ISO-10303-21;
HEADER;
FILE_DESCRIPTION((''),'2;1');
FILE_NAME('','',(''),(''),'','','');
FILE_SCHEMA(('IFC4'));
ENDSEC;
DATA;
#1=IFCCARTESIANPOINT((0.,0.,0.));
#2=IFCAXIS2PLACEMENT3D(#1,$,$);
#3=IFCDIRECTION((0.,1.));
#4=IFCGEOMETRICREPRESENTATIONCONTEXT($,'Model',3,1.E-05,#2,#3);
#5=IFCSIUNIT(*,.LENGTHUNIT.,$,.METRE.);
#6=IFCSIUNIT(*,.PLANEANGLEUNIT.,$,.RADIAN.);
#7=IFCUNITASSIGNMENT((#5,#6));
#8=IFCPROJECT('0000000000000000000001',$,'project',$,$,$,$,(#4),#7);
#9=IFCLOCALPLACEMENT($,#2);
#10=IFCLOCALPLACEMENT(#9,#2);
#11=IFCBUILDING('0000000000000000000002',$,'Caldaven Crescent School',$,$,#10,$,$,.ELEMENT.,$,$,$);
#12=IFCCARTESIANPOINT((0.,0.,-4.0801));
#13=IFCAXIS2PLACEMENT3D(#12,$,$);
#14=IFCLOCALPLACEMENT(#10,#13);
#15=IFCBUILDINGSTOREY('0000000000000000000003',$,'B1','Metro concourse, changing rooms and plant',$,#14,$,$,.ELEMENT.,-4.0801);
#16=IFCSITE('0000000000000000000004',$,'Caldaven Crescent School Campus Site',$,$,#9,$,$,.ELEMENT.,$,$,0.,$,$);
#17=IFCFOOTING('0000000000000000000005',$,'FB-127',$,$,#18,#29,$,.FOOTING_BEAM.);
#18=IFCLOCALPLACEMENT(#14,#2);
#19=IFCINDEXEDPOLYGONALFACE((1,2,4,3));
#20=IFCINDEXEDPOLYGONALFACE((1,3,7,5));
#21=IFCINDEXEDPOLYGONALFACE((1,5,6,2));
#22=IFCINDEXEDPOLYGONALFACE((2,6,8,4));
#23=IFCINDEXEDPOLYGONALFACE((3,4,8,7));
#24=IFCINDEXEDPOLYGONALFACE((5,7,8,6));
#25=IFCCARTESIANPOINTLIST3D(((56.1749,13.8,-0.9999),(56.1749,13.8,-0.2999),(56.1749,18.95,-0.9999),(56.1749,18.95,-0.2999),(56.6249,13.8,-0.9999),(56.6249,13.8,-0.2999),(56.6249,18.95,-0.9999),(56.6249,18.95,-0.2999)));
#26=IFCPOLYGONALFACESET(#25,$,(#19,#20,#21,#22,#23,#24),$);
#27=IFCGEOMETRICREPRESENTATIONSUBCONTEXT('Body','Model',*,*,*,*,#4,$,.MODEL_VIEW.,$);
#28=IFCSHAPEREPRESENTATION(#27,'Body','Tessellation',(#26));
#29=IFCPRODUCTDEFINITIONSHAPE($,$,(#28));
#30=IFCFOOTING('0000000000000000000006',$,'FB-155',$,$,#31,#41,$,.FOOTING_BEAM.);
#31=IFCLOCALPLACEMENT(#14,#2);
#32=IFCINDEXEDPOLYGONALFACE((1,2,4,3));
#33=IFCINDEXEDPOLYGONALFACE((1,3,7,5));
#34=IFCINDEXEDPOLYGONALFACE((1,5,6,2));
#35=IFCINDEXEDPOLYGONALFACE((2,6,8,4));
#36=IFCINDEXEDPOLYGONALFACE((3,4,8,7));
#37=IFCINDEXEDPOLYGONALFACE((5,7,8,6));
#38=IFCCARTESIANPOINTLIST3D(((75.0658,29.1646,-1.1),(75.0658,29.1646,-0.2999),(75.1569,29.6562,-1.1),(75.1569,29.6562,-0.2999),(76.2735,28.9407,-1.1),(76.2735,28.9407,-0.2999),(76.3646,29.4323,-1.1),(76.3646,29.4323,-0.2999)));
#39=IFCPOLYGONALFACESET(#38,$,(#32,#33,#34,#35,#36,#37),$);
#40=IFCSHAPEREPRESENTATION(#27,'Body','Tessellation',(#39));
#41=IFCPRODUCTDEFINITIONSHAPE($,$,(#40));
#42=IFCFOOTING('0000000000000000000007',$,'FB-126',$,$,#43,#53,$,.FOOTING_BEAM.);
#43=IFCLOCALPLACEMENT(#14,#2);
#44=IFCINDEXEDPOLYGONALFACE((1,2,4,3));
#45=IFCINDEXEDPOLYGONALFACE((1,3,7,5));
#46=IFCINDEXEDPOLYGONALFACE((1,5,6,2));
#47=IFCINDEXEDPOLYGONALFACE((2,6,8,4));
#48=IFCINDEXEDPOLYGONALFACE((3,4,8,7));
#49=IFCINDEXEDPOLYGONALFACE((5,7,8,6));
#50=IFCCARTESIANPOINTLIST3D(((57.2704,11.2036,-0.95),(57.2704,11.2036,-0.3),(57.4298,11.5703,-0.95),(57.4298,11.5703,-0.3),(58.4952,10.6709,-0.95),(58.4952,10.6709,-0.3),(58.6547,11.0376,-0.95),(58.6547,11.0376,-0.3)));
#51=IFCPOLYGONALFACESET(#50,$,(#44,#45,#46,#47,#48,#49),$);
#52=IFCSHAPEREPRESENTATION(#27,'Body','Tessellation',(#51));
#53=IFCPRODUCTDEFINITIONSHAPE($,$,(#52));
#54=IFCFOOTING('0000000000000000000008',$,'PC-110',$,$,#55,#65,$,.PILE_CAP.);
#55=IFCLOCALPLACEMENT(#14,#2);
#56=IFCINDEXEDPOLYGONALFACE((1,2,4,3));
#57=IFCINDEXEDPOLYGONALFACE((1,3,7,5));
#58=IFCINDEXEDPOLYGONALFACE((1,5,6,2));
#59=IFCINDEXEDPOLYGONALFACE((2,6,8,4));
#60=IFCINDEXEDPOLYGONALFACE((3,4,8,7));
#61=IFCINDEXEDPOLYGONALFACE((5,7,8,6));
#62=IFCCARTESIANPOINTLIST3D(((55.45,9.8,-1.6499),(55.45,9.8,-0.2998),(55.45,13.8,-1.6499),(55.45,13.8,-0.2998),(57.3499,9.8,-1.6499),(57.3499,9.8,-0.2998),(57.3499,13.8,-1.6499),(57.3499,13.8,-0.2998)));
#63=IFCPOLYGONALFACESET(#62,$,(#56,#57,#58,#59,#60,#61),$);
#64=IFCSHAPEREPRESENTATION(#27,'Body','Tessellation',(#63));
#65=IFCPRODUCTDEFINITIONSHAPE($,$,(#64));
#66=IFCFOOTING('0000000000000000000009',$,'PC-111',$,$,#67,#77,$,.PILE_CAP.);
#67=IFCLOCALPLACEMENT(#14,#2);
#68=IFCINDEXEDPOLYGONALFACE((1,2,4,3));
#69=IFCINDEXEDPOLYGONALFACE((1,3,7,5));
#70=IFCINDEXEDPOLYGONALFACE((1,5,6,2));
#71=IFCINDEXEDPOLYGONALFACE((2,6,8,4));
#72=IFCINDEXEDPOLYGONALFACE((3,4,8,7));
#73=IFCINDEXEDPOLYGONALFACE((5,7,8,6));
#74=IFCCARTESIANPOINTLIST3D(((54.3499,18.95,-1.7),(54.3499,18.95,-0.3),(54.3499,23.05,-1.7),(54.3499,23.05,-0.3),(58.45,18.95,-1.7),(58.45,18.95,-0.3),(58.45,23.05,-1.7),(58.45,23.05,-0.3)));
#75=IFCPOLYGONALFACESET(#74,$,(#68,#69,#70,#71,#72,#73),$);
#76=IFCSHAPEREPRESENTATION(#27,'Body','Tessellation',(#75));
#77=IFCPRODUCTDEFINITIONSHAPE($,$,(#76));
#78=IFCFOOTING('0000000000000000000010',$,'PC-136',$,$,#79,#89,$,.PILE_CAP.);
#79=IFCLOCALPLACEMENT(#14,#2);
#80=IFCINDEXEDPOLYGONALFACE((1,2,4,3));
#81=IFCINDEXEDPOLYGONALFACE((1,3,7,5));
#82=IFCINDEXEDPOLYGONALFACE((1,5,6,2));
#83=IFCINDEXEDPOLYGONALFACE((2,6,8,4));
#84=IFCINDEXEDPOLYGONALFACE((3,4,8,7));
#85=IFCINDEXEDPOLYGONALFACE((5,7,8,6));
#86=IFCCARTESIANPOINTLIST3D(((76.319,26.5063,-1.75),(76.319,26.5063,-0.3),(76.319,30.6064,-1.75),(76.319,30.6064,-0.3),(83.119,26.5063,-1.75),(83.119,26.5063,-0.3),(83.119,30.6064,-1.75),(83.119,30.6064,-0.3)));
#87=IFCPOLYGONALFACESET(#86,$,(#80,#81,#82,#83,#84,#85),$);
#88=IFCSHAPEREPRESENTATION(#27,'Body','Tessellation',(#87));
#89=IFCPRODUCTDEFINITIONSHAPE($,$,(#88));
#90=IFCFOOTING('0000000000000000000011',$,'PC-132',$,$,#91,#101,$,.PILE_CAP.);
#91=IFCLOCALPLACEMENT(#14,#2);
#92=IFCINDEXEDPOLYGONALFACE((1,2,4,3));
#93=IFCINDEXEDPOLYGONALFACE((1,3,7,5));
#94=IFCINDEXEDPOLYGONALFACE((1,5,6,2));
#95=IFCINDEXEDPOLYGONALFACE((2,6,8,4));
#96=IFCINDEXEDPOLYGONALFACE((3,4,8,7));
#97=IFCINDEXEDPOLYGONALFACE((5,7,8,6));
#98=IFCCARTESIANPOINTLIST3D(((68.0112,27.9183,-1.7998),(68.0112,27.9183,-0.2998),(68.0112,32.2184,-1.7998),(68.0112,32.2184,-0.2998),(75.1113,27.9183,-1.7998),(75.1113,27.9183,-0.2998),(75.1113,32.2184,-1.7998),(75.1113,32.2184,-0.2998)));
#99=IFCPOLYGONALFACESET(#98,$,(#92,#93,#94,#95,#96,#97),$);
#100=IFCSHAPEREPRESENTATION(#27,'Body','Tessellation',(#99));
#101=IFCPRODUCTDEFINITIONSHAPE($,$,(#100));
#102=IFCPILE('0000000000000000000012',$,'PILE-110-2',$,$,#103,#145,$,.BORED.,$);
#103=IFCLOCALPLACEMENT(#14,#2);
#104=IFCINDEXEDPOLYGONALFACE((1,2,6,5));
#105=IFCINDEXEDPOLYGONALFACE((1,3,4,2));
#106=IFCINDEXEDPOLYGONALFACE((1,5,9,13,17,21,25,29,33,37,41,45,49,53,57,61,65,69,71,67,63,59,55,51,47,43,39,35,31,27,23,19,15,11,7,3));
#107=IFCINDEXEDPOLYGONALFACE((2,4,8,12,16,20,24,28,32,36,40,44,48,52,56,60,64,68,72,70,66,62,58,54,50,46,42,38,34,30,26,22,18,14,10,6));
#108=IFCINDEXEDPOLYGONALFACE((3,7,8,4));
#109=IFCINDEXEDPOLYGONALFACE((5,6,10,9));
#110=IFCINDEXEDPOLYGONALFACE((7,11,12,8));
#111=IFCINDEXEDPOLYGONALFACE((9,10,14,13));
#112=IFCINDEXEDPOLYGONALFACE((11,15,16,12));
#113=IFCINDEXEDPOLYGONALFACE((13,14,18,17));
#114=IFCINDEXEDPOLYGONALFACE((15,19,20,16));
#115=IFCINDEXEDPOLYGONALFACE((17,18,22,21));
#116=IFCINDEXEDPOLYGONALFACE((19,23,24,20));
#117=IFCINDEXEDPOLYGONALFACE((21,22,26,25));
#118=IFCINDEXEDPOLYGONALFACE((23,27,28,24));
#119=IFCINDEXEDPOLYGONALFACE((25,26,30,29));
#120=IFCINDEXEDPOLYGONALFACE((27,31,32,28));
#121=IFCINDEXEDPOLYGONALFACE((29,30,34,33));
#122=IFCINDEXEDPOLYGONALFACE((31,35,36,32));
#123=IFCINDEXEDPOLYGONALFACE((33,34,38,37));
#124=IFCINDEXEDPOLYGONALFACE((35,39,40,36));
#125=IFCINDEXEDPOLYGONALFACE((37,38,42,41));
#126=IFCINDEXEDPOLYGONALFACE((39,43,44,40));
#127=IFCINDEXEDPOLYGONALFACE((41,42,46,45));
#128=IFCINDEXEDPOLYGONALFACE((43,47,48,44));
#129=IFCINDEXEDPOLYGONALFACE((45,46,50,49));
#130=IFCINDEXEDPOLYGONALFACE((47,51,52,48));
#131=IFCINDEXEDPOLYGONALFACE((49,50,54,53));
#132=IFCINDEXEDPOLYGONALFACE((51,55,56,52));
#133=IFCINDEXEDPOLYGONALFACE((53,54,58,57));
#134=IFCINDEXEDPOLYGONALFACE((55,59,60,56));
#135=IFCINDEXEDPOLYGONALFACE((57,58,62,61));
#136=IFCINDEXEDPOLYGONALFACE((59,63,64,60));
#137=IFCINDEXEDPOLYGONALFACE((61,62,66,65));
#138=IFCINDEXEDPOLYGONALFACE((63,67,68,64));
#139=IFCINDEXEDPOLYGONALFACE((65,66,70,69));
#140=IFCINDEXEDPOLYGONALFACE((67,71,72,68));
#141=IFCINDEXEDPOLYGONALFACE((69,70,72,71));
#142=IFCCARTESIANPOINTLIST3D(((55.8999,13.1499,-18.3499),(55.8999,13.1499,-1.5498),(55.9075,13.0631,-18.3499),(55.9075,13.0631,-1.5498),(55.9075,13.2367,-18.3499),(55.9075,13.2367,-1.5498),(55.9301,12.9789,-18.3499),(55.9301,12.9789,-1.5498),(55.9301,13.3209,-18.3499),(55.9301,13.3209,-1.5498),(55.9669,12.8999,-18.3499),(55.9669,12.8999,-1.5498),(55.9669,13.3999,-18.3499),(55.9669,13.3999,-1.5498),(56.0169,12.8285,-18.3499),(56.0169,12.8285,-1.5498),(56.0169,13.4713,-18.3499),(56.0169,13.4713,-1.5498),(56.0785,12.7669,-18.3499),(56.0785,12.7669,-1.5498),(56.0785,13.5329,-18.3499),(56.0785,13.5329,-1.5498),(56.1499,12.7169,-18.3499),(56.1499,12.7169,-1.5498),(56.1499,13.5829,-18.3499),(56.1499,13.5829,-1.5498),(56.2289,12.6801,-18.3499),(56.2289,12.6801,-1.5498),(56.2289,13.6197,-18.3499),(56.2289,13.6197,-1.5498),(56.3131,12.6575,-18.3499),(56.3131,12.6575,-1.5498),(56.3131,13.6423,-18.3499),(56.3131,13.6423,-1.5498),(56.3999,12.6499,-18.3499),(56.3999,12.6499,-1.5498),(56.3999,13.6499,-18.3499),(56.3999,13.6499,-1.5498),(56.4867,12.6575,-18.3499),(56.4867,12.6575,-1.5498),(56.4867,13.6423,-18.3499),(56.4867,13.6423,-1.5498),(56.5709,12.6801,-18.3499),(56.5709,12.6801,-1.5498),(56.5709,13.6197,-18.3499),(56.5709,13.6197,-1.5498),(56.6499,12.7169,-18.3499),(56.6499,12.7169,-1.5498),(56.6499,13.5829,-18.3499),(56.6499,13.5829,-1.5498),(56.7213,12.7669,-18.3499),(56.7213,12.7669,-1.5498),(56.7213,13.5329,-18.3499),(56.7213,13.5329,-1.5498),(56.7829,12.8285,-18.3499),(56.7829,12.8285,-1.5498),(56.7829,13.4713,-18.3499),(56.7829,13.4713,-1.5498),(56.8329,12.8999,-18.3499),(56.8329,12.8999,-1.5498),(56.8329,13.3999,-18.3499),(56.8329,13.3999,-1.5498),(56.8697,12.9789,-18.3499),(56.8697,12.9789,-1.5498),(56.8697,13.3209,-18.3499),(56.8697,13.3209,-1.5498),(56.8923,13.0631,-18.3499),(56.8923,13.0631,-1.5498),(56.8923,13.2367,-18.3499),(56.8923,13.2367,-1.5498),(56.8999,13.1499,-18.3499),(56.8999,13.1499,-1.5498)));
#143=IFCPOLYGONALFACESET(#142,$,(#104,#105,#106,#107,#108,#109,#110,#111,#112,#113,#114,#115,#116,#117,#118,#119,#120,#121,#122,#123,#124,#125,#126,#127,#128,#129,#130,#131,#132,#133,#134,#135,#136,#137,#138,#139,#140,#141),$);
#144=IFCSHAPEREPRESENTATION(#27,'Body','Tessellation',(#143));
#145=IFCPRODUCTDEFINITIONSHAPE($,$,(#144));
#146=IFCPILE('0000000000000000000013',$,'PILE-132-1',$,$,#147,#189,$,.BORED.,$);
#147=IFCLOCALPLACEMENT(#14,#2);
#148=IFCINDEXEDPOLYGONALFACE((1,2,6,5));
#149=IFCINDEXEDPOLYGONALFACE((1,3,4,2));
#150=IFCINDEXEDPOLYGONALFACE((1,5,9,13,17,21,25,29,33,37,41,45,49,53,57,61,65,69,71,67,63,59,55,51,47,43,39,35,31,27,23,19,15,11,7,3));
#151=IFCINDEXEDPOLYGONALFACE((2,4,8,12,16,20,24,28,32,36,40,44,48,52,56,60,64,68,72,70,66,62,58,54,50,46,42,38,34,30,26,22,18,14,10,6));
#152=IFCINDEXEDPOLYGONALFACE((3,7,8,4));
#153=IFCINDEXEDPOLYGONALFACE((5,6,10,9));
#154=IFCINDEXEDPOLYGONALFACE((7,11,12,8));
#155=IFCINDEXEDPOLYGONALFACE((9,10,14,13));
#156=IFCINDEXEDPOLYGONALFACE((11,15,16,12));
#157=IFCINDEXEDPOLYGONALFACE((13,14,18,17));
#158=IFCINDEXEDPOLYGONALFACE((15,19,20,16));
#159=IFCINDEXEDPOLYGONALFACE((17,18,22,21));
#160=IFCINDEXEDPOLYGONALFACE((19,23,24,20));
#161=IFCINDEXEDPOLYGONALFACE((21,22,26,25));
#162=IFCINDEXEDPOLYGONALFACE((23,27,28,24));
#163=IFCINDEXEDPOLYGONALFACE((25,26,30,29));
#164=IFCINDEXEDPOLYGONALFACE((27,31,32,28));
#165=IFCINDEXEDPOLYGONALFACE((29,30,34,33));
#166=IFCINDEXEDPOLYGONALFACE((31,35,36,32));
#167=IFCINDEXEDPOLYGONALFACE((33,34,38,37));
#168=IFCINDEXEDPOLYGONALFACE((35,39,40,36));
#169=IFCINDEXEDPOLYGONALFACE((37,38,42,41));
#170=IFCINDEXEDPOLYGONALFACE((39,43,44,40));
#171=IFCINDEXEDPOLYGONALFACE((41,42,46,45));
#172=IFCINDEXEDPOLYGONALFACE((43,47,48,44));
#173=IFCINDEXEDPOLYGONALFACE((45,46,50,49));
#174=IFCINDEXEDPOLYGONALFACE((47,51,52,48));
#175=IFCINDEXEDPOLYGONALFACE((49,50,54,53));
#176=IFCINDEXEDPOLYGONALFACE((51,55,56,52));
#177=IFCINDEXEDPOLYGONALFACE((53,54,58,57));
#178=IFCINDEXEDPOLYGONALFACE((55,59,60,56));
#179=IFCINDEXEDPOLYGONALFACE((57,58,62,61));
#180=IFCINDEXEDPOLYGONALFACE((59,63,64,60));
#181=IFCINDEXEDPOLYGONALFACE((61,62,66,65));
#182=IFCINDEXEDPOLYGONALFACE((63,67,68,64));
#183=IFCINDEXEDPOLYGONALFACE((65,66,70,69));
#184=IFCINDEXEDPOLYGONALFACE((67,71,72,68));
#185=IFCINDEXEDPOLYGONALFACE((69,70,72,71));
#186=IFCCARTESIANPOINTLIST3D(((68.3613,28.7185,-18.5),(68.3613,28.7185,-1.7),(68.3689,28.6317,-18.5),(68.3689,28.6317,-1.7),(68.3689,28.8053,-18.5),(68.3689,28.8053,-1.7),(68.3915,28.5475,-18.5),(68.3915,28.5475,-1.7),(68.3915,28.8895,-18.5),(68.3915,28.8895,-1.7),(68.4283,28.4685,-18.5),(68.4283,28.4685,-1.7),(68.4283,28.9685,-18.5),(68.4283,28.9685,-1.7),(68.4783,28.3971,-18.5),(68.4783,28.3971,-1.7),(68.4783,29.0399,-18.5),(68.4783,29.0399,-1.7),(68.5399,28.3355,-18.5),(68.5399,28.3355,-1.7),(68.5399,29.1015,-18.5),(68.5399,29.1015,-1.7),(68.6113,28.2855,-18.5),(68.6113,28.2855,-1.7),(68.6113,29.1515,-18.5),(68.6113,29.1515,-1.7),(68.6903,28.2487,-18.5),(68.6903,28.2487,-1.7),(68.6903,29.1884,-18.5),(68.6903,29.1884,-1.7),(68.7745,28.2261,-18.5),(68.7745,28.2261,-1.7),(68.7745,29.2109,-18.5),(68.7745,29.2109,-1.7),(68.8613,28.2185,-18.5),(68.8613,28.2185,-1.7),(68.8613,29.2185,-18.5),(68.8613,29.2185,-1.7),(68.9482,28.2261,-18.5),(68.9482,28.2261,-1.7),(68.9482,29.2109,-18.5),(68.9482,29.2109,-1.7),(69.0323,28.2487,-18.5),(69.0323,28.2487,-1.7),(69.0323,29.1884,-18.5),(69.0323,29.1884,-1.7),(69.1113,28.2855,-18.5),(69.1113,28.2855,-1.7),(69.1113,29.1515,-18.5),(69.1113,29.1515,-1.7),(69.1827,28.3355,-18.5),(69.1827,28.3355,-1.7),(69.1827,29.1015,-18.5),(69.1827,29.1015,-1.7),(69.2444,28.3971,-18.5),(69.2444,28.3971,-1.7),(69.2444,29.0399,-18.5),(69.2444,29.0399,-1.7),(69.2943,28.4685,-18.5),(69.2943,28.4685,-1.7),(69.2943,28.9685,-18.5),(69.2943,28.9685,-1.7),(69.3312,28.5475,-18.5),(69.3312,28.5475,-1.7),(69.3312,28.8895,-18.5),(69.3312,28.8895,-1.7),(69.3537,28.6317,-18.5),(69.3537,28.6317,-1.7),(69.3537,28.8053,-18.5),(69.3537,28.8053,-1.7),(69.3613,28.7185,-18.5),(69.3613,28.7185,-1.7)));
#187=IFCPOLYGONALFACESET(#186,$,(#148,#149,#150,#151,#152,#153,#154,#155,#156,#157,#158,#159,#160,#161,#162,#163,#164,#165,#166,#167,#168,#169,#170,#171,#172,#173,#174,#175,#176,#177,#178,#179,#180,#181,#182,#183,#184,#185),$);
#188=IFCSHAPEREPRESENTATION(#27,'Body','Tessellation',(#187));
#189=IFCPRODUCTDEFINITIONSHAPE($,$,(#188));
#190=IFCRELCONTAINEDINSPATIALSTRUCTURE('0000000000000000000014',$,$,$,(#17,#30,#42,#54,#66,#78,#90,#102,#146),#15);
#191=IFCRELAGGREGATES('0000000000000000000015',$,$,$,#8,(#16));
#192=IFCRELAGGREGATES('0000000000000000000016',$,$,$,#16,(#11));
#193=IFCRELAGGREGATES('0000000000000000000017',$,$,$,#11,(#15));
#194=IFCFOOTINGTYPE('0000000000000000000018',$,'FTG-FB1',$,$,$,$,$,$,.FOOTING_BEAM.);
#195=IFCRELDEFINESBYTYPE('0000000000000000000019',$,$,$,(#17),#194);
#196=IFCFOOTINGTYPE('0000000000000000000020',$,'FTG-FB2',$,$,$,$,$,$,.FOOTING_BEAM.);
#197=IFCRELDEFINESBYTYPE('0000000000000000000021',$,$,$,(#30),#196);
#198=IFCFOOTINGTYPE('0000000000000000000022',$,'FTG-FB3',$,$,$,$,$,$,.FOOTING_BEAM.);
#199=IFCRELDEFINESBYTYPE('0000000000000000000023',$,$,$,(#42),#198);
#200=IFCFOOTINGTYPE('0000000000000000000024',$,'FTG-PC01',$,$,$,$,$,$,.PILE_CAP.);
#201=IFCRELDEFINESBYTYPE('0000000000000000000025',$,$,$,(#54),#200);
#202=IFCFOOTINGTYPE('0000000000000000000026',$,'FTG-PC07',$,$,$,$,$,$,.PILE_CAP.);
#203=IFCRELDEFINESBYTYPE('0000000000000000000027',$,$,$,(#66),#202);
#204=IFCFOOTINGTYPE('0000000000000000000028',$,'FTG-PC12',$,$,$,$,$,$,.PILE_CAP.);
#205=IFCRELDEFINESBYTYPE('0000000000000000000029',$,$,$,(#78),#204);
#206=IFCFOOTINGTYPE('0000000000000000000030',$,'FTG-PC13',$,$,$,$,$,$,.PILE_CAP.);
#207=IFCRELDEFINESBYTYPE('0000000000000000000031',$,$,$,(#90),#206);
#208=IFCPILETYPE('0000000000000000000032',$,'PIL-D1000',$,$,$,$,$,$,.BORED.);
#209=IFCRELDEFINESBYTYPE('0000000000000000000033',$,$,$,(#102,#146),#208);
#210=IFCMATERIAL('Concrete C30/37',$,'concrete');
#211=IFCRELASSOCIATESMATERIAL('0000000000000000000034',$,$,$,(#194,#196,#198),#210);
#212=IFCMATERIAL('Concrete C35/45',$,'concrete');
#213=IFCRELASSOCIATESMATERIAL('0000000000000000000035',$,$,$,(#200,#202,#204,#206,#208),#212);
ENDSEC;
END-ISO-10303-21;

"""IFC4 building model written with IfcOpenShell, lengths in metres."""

from ifc_helpers import new_model, si_unit, direction, frame, origin, origin_2d, place, context, subcontext, project, spatial, rectangle, circle, extrude, material, material_profile, profile_set, type_object, element, save


model = new_model("IFC4")

# Units and contexts
model_context = context("Model", 3, precision=1e-05, world=origin(), true_north=direction((0.0, 1.0)))
body_context = subcontext(model_context, "Body", "Model", "MODEL_VIEW")
ifc_project = project(units=[si_unit("LENGTHUNIT", "METRE"), si_unit("PLANEANGLEUNIT", "RADIAN")], contexts=[model_context])

# Site, building, storey
site_placement = place(None, origin())
site = spatial("IfcSite", under=ifc_project, at=site_placement, Name="Caldaven Crescent School Campus Site", CompositionType="ELEMENT", RefElevation=0.0)
building_placement = place(site_placement, origin())
building = spatial("IfcBuilding", under=site, at=building_placement, Name="Caldaven Crescent School", CompositionType="ELEMENT")
storey_placement = place(building_placement, frame((0.0, 0.0, -4.0801)))
storey = spatial("IfcBuildingStorey", under=building, at=storey_placement, Name="B1", Description="Metro concourse, changing rooms and plant", CompositionType="ELEMENT", Elevation=-4.0801)

# Footings
ifc_material_1 = material(Name="Concrete C30/37", Category="concrete")
ifc_material_profile_1 = material_profile(ifc_material_1, rectangle(XDim=0.45, YDim=0.7, at=origin_2d()), Name="FB 450x700")
ifc_profile_set_1 = profile_set([ifc_material_profile_1], Name="Concrete C30/37")
footing_type_1 = type_object("IfcFootingType", Name="FTG-FB1", PredefinedType="FOOTING_BEAM", material=ifc_profile_set_1)
footing_1_placement = place(storey_placement, frame((56.3999, 18.95, -0.6499), z_axis=(0.0, -1.0, 0.0), x_axis=(1.0, 0.0, 0.0)))
element("IfcFooting", 1, at=footing_1_placement, inside=storey, type_object=footing_type_1, Name="FB-127", PredefinedType="FOOTING_BEAM", context=body_context, shape_type="SweptSolid", body=[
    extrude(rectangle(XDim=0.45, YDim=0.7, at=origin_2d()), origin(), (0.0, 0.0, 1.0), 5.1499),
])
ifc_material_profile_2 = material_profile(ifc_material_1, rectangle(XDim=0.5, YDim=0.8, at=origin_2d()), Name="FB 500x800")
ifc_profile_set_2 = profile_set([ifc_material_profile_2], Name="Concrete C30/37")
footing_type_2 = type_object("IfcFootingType", Name="FTG-FB2", PredefinedType="FOOTING_BEAM", material=ifc_profile_set_2)
footing_2_placement = place(storey_placement, frame((75.1113, 29.4104, -0.7), z_axis=(0.98325, -0.18226, 0.0), x_axis=(0.18226, 0.98325, 0.0)))
element("IfcFooting", 2, at=footing_2_placement, inside=storey, type_object=footing_type_2, Name="FB-155", PredefinedType="FOOTING_BEAM", context=body_context, shape_type="SweptSolid", body=[
    extrude(rectangle(XDim=0.5, YDim=0.8, at=origin_2d()), origin(), (0.0, 0.0, 1.0), 1.2283),
])
ifc_material_profile_3 = material_profile(ifc_material_1, rectangle(XDim=0.3999, YDim=0.6499, at=origin_2d()), Name="FB 400x650")
ifc_profile_set_3 = profile_set([ifc_material_profile_3], Name="Concrete C30/37")
footing_type_3 = type_object("IfcFootingType", Name="FTG-FB3", PredefinedType="FOOTING_BEAM", material=ifc_profile_set_3)
footing_3_placement = place(storey_placement, frame((57.3501, 11.387, -0.625), z_axis=(0.917024, -0.398833, 0.0), x_axis=(0.398833, 0.917024, 0.0)))
element("IfcFooting", 3, at=footing_3_placement, inside=storey, type_object=footing_type_3, Name="FB-126", PredefinedType="FOOTING_BEAM", context=body_context, shape_type="SweptSolid", body=[
    extrude(rectangle(XDim=0.3999, YDim=0.6499, at=origin_2d()), origin(), (0.0, 0.0, 1.0), 1.3357),
])
ifc_material_2 = material(Name="Concrete C35/45", Category="concrete")
footing_type_4 = type_object("IfcFootingType", Name="FTG-PC01", PredefinedType="PILE_CAP", material=ifc_material_2)
footing_4_placement = place(storey_placement, frame((56.3999, 11.8, -1.6499), z_axis=(0.0, 0.0, 1.0), x_axis=(0.0, 1.0, 0.0)))
element("IfcFooting", 4, at=footing_4_placement, inside=storey, type_object=footing_type_4, Name="PC-110", PredefinedType="PILE_CAP", context=body_context, shape_type="SweptSolid", body=[
    extrude(rectangle(XDim=4.0, YDim=1.8999, at=origin_2d()), origin(), (0.0, 0.0, 1.0), 1.3501),
])
footing_type_5 = type_object("IfcFootingType", Name="FTG-PC07", PredefinedType="PILE_CAP", material=ifc_material_2)
footing_5_placement = place(storey_placement, frame((56.3999, 21.0, -1.7), z_axis=(0.0, 0.0, 1.0), x_axis=(1.0, 0.0, 0.0)))
element("IfcFooting", 5, at=footing_5_placement, inside=storey, type_object=footing_type_5, Name="PC-111", PredefinedType="PILE_CAP", context=body_context, shape_type="SweptSolid", body=[
    extrude(rectangle(XDim=4.1001, YDim=4.1001, at=origin_2d()), origin(), (0.0, 0.0, 1.0), 1.3999),
])
footing_type_6 = type_object("IfcFootingType", Name="FTG-PC12", PredefinedType="PILE_CAP", material=ifc_material_2)
footing_6_placement = place(storey_placement, frame((79.719, 28.5564, -1.75), z_axis=(0.0, 0.0, 1.0), x_axis=(1.0, 0.0, 0.0)))
element("IfcFooting", 6, at=footing_6_placement, inside=storey, type_object=footing_type_6, Name="PC-136", PredefinedType="PILE_CAP", context=body_context, shape_type="SweptSolid", body=[
    extrude(rectangle(XDim=6.8, YDim=4.1001, at=origin_2d()), origin(), (0.0, 0.0, 1.0), 1.45),
])
footing_type_7 = type_object("IfcFootingType", Name="FTG-PC13", PredefinedType="PILE_CAP", material=ifc_material_2)
footing_7_placement = place(storey_placement, frame((71.5613, 30.0684, -1.7998), z_axis=(0.0, 0.0, 1.0), x_axis=(1.0, 0.0, 0.0)))
element("IfcFooting", 7, at=footing_7_placement, inside=storey, type_object=footing_type_7, Name="PC-132", PredefinedType="PILE_CAP", context=body_context, shape_type="SweptSolid", body=[
    extrude(rectangle(XDim=7.1001, YDim=4.3, at=origin_2d()), origin(), (0.0, 0.0, 1.0), 1.5),
])

# Piles
ifc_material_profile_4 = material_profile(ifc_material_2, circle(Radius=0.5, at=origin_2d()), Name="PILE D1000")
ifc_profile_set_4 = profile_set([ifc_material_profile_4], Name="Concrete C35/45")
pile_type_1 = type_object("IfcPileType", Name="PIL-D1000", PredefinedType="BORED", material=ifc_profile_set_4)
for number, where, z_axis, x_axis, name in (
    (8, (56.3999, 13.1499, -1.5498), (0.0, 0.0, -1.0), (1.0, 0.0, 0.0), "PILE-110-2"),
    (9, (68.8613, 28.7185, -1.7), (0.0, 0.0, -1.0), (1.0, 0.0, 0.0), "PILE-132-1"),
):
    element("IfcPile", number, at=place(storey_placement, frame(where, z_axis=z_axis, x_axis=x_axis)), inside=storey, type_object=pile_type_1, Name=name, PredefinedType="BORED", context=body_context, shape_type="SweptSolid", body=[
        extrude(circle(Radius=0.5, at=origin_2d()), origin(), (0.0, 0.0, 1.0), 16.8),
    ])

save(model, "model.ifc")
